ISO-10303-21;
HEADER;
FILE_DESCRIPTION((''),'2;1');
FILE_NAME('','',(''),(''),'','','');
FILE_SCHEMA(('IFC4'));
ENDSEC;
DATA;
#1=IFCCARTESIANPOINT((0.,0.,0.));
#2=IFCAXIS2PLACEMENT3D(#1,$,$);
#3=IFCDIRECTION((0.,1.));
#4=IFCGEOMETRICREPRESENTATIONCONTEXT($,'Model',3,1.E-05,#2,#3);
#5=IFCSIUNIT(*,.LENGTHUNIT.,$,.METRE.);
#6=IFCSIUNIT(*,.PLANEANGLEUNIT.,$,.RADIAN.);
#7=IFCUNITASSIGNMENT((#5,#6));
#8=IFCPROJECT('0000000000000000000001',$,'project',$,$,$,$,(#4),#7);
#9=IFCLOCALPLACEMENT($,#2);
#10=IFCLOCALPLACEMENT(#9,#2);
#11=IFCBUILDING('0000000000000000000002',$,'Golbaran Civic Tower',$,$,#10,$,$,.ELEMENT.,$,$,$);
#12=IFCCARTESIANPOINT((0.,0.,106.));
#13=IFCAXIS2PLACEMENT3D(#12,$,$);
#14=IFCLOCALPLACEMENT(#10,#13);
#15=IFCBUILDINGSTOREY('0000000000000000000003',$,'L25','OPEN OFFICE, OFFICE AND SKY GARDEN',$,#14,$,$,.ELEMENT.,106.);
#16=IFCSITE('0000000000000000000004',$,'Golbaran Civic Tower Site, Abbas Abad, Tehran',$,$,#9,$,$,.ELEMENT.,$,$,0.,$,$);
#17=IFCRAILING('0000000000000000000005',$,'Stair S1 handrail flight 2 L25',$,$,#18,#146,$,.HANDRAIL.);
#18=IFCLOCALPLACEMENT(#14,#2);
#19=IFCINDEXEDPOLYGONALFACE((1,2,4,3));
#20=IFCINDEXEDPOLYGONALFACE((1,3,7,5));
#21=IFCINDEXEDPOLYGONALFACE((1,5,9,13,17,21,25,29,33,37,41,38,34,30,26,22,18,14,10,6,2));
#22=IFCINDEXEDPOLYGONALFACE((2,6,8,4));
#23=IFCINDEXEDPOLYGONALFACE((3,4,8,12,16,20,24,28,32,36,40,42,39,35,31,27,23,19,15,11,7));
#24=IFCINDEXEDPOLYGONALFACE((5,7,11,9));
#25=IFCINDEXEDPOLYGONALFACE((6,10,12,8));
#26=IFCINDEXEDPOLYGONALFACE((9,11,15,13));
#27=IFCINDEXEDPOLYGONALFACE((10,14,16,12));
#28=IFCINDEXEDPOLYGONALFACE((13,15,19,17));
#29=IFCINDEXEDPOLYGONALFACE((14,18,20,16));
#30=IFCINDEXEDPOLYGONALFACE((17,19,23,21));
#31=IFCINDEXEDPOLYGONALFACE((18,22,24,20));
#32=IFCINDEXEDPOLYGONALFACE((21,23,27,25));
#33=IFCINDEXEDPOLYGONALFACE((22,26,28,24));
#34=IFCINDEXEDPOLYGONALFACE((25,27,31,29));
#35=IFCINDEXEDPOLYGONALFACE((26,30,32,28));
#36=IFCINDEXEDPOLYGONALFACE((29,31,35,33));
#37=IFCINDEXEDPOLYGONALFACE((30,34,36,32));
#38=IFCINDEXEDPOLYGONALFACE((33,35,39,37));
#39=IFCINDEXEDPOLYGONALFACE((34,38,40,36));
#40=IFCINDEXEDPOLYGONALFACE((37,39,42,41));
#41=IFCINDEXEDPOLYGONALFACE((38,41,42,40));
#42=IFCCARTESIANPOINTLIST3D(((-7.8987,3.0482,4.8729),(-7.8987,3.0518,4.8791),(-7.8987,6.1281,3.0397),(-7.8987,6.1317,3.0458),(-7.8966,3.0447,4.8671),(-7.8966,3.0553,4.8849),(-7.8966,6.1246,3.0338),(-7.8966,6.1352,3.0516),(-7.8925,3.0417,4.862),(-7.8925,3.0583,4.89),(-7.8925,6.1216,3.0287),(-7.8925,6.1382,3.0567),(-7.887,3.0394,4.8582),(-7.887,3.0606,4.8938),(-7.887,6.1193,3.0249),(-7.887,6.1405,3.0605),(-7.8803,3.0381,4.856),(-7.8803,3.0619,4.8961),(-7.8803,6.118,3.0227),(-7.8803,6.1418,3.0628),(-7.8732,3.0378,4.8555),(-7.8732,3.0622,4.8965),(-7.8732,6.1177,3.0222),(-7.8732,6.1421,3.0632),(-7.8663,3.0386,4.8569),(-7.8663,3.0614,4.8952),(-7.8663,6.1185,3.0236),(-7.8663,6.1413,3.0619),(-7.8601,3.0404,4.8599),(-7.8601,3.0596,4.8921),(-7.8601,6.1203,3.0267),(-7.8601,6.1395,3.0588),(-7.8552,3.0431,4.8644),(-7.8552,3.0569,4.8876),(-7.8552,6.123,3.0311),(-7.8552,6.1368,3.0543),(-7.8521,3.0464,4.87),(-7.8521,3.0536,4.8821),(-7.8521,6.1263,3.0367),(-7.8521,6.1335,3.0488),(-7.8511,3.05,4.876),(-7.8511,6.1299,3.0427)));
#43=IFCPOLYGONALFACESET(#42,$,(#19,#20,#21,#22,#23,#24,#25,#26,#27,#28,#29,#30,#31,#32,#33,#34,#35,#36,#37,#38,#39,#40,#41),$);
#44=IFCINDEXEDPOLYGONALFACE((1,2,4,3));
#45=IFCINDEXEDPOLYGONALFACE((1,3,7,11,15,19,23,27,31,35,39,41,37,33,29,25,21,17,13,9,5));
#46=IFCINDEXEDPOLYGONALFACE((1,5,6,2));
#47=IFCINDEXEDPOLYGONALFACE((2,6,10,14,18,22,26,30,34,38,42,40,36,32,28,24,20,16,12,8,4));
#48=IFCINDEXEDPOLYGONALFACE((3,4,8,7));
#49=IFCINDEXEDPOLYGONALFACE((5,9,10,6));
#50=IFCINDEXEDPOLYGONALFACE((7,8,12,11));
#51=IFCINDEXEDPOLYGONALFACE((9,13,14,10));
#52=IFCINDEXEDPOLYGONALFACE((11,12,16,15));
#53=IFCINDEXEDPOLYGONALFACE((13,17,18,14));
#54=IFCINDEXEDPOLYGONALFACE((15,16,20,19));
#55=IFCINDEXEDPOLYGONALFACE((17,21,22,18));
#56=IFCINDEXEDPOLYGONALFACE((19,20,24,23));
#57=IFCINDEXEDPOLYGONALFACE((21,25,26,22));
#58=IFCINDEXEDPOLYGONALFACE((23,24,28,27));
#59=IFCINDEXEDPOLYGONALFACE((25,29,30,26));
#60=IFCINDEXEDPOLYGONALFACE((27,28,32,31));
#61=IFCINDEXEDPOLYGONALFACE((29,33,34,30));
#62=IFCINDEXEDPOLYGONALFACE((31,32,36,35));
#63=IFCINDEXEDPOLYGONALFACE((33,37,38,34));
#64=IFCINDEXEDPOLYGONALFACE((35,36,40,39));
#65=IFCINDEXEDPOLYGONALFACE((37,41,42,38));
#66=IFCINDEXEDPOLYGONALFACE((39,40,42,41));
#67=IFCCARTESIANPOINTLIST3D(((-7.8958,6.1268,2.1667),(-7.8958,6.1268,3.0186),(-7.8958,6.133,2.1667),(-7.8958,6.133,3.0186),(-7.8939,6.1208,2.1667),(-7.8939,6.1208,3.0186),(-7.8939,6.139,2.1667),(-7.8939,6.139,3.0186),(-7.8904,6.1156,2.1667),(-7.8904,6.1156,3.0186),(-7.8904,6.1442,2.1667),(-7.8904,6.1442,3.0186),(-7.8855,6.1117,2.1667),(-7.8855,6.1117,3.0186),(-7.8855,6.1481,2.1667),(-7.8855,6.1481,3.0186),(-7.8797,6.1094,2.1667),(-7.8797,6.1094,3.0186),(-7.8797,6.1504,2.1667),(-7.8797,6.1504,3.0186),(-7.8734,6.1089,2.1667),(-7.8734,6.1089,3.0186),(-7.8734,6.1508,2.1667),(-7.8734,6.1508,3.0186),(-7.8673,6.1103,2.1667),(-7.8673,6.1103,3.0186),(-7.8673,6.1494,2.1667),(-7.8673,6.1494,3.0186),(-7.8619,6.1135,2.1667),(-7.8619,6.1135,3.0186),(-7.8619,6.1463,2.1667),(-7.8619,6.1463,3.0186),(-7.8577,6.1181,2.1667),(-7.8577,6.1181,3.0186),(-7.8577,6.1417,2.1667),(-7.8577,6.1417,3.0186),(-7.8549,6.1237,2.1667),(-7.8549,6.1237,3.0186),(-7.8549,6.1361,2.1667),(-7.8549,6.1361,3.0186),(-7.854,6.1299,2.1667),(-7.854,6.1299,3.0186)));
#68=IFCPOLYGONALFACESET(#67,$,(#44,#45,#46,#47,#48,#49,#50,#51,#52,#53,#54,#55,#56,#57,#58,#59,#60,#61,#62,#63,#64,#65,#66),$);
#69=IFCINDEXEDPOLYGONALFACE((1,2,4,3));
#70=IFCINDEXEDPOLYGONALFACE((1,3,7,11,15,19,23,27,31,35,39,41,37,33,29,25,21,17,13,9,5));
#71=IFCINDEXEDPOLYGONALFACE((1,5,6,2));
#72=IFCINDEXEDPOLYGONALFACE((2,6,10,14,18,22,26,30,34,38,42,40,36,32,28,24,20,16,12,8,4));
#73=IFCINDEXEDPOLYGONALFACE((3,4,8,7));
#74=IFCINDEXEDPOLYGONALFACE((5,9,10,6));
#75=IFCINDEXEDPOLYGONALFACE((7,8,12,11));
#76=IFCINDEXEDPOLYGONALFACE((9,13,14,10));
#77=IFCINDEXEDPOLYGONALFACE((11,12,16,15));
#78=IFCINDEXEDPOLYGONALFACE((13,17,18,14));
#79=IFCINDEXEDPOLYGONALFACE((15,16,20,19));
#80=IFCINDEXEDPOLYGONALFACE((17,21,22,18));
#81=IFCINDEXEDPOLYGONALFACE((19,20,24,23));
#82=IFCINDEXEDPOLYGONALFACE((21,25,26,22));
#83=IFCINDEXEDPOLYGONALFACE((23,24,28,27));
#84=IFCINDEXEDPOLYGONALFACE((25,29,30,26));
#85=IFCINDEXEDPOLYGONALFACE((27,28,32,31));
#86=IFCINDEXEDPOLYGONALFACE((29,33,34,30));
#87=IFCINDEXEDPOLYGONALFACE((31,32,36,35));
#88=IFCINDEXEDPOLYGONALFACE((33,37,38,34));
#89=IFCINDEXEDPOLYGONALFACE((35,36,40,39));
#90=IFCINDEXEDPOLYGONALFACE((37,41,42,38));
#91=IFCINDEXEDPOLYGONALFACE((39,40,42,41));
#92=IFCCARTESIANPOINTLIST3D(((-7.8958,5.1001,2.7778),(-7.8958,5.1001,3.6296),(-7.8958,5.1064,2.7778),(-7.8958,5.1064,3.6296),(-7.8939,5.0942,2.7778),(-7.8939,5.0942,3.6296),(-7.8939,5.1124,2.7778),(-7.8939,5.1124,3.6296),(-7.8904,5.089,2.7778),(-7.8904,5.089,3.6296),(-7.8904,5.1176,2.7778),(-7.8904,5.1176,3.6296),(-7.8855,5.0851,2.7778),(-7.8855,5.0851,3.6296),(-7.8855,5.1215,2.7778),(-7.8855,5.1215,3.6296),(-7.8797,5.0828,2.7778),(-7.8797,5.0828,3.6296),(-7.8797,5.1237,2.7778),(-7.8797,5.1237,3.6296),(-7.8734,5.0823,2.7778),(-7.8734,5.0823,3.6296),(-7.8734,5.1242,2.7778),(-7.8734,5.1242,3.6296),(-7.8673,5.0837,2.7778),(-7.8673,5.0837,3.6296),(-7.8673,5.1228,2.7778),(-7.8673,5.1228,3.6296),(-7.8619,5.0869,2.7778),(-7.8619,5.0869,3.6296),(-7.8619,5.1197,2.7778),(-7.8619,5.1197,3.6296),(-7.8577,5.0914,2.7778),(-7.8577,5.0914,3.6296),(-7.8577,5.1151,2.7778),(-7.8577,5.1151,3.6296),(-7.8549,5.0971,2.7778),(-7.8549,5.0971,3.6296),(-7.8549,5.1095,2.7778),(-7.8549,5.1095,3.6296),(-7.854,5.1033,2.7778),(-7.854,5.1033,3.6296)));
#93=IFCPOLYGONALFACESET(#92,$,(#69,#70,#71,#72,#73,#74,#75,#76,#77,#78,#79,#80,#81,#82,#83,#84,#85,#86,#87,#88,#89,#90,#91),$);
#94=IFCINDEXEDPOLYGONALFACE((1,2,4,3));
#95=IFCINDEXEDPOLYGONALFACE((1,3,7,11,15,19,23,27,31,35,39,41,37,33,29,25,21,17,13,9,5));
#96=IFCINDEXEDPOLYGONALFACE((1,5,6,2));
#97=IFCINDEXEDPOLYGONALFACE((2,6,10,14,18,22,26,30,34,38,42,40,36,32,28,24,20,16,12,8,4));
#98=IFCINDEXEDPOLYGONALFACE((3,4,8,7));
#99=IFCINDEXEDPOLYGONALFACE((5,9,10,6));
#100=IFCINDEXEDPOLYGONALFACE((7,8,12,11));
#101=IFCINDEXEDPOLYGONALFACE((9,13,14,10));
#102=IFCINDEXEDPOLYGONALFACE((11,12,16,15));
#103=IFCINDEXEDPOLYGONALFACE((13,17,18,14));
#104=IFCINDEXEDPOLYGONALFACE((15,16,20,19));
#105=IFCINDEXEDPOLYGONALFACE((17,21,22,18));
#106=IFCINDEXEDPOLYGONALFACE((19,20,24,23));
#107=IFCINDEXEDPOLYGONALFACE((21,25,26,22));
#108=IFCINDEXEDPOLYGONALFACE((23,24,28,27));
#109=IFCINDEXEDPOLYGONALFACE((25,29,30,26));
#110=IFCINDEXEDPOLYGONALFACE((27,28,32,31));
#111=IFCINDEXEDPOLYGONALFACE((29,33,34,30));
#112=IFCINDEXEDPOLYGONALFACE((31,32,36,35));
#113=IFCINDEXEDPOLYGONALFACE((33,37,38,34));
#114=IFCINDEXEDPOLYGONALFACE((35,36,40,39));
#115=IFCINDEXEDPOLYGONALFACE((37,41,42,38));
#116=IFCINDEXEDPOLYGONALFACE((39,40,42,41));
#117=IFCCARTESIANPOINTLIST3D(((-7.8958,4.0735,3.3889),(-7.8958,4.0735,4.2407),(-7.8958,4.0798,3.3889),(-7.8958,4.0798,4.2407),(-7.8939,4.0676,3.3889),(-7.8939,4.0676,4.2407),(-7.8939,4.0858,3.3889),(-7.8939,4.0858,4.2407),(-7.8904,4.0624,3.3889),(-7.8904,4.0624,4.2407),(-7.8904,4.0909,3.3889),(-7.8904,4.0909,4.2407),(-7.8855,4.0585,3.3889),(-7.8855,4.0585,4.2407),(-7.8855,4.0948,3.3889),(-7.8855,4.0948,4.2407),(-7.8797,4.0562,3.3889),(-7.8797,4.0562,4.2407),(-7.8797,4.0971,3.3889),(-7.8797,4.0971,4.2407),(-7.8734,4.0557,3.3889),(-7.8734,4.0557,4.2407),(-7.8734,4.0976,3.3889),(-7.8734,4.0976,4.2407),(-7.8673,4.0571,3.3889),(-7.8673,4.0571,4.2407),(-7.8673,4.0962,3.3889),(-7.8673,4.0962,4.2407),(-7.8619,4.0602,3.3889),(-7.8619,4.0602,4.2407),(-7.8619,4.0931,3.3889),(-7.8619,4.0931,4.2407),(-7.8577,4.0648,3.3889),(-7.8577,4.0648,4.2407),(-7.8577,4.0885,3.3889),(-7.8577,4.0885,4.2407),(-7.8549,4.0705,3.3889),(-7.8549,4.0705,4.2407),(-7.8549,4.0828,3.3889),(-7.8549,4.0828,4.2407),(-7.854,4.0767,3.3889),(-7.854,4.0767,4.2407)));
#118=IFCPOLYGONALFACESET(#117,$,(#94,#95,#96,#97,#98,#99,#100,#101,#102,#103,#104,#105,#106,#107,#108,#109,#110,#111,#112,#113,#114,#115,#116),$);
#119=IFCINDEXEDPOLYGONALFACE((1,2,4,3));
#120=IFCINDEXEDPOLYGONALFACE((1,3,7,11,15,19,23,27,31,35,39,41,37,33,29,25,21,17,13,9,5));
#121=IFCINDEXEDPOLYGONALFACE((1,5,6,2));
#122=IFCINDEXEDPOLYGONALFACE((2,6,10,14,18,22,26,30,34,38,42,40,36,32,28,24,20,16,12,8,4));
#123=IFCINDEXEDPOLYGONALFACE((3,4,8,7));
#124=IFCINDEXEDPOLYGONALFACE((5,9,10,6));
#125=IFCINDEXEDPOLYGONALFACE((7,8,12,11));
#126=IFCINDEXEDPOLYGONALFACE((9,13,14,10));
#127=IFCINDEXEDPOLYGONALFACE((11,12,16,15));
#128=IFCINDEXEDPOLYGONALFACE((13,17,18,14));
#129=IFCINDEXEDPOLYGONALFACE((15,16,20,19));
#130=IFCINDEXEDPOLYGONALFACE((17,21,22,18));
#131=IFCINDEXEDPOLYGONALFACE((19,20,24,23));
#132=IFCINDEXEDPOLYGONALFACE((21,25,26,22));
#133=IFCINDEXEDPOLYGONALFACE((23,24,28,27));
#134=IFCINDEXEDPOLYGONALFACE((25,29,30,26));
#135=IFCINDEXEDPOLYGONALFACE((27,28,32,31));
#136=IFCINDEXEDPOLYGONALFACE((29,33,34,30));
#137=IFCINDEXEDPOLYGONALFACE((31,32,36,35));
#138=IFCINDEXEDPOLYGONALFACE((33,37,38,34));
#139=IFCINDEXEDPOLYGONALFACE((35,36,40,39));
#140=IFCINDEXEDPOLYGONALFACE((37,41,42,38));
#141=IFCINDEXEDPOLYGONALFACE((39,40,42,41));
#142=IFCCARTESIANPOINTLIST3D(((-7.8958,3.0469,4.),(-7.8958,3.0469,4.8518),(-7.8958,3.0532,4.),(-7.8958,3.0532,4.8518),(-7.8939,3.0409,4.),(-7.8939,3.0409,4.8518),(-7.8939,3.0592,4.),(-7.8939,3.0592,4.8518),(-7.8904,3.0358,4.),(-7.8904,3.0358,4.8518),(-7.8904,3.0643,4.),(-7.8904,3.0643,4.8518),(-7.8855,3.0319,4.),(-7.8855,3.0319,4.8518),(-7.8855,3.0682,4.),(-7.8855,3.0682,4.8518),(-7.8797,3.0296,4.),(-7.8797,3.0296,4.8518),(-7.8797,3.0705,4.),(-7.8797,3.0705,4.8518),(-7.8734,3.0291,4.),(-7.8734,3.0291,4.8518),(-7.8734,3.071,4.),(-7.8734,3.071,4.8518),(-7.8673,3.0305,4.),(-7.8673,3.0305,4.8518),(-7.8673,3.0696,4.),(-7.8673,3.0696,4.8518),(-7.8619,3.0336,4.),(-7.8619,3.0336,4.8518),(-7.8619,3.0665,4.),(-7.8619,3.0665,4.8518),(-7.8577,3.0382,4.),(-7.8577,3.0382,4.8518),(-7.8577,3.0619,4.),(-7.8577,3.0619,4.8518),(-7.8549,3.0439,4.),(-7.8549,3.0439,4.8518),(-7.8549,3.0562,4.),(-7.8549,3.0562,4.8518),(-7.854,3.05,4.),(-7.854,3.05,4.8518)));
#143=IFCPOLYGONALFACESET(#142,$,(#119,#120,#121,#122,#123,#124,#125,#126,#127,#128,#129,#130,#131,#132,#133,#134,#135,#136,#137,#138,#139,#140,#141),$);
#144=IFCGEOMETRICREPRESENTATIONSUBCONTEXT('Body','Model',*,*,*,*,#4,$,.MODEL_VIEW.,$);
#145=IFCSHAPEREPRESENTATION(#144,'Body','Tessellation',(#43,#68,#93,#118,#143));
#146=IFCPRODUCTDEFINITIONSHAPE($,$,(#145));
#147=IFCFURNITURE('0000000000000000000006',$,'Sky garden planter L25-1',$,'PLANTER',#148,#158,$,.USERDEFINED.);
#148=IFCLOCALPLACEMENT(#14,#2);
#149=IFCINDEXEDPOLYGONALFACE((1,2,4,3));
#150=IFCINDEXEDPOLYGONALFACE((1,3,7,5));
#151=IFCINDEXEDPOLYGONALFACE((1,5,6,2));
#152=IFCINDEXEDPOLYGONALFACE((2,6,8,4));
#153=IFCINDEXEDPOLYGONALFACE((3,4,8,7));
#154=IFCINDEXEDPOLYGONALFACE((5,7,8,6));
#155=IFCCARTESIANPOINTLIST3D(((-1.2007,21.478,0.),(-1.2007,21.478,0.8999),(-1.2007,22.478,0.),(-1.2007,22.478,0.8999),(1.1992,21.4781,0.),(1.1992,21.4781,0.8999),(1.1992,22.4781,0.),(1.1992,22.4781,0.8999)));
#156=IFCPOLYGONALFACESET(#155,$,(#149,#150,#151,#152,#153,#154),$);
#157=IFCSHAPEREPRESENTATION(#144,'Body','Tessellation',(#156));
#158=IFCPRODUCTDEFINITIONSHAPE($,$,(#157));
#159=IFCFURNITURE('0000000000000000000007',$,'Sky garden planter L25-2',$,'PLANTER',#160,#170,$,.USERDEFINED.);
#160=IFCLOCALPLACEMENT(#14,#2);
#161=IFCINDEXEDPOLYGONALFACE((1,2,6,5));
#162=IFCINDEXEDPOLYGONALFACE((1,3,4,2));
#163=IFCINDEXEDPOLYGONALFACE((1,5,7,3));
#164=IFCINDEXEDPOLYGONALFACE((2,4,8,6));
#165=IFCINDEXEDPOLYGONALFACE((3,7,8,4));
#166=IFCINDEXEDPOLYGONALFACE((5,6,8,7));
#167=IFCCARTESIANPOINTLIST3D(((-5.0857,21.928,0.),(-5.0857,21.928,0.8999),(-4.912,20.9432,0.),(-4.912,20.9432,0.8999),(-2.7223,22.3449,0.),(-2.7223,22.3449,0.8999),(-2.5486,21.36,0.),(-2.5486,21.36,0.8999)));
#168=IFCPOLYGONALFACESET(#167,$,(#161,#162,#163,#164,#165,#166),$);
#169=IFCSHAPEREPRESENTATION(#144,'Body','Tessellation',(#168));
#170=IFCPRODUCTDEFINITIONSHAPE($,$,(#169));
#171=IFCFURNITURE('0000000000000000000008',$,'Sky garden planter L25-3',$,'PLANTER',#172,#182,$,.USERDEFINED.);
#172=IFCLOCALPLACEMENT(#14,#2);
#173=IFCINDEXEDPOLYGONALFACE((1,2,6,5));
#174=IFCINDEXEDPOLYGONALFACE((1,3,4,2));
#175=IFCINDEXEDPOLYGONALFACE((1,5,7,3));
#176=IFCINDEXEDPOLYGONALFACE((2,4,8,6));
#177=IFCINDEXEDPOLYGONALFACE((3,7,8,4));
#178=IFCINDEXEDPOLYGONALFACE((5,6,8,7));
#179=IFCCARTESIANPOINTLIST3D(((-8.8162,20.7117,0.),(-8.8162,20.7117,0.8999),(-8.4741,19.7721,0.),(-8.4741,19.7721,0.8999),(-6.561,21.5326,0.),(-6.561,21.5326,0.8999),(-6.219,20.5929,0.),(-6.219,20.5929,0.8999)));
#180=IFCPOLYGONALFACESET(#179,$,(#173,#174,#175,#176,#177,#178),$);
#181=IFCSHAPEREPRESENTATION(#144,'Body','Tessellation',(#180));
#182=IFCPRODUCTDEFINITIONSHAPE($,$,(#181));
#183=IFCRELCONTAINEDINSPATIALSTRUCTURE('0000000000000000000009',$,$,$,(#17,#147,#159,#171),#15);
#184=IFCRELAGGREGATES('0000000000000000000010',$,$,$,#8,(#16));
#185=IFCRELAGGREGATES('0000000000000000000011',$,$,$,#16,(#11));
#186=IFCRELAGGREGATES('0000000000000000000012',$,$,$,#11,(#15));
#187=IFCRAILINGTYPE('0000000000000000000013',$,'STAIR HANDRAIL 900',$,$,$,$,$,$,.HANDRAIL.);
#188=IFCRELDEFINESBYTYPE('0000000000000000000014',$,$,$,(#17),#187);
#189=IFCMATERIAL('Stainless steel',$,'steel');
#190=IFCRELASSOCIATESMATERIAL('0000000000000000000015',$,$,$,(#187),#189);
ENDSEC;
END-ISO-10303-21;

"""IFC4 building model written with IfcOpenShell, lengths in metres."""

from ifc_helpers import new_model, si_unit, direction, frame, origin, origin_2d, place, context, subcontext, project, spatial, rectangle, circle, extrude, material, type_object, element, save


model = new_model("IFC4")

# Units and contexts
model_context = context("Model", 3, precision=1e-05, world=origin(), true_north=direction((0.0, 1.0)))
body_context = subcontext(model_context, "Body", "Model", "MODEL_VIEW")
ifc_project = project(units=[si_unit("LENGTHUNIT", "METRE"), si_unit("PLANEANGLEUNIT", "RADIAN")], contexts=[model_context])

# Site, building, storey
site_placement = place(None, origin())
site = spatial("IfcSite", under=ifc_project, at=site_placement, Name="Golbaran Civic Tower Site, Abbas Abad, Tehran", CompositionType="ELEMENT", RefElevation=0.0)
building_placement = place(site_placement, origin())
building = spatial("IfcBuilding", under=site, at=building_placement, Name="Golbaran Civic Tower", CompositionType="ELEMENT")
storey_placement = place(building_placement, frame((0.0, 0.0, 106.0)))
storey = spatial("IfcBuildingStorey", under=building, at=storey_placement, Name="L25", Description="OPEN OFFICE, OFFICE AND SKY GARDEN", CompositionType="ELEMENT", Elevation=106.0)

# Shared definitions
ifc_material_1 = material(Name="Stainless steel", Category="steel")

# Railing
railing_type = type_object("IfcRailingType", Name="STAIR HANDRAIL 900", PredefinedType="HANDRAIL", material=ifc_material_1)
railing_1_placement = place(storey_placement, frame((-7.875, 6.1299, 2.1667)))
element("IfcRailing", 1, at=railing_1_placement, inside=storey, type_object=railing_type, Name="Stair S1 handrail flight 2 L25", PredefinedType="HANDRAIL", context=body_context, shape_type="SweptSolid", body=[
    extrude(circle(Radius=0.0239, at=origin_2d()), frame((0.0, 0.0, 0.876), z_axis=(0.0, -0.859291, 0.511487), x_axis=(1.0, 0.0, 0.0)), (0.0, 0.0, 1.0), 3.5842),
    extrude(circle(Radius=0.021, at=origin_2d()), origin(), (0.0, 0.0, 1.0), 0.8518),
    extrude(circle(Radius=0.021, at=origin_2d()), frame((0.0, -1.0266, 0.6111)), (0.0, 0.0, 1.0), 0.8518),
    extrude(circle(Radius=0.021, at=origin_2d()), frame((0.0, -2.0532, 1.2222)), (0.0, 0.0, 1.0), 0.8518),
    extrude(circle(Radius=0.021, at=origin_2d()), frame((0.0, -3.0798, 1.8333)), (0.0, 0.0, 1.0), 0.8518),
])

# Furniture
for number, where, z_axis, x_axis, name in (
    (2, (-0.0007, 21.978, 0.0), (0.0, 0.0, 1.0), (-1.0, -0.000031, 0.0), "Sky garden planter L25-1"),
    (3, (-3.8171, 21.644, 0.0), (0.0, 0.0, 1.0), (-0.984802, -0.173679, 0.0), "Sky garden planter L25-2"),
    (4, (-7.5176, 20.6523, 0.0), (0.0, 0.0, 1.0), (-0.939682, -0.342049, 0.0), "Sky garden planter L25-3"),
):
    element("IfcFurniture", number, at=place(storey_placement, frame(where, z_axis=z_axis, x_axis=x_axis)), inside=storey, Name=name, ObjectType="PLANTER", PredefinedType="USERDEFINED", context=body_context, shape_type="SweptSolid", body=[
        extrude(rectangle(XDim=2.3999, YDim=1.0, at=origin_2d()), origin(), (0.0, 0.0, 1.0), 0.8999),
    ])

save(model, "model.ifc")
